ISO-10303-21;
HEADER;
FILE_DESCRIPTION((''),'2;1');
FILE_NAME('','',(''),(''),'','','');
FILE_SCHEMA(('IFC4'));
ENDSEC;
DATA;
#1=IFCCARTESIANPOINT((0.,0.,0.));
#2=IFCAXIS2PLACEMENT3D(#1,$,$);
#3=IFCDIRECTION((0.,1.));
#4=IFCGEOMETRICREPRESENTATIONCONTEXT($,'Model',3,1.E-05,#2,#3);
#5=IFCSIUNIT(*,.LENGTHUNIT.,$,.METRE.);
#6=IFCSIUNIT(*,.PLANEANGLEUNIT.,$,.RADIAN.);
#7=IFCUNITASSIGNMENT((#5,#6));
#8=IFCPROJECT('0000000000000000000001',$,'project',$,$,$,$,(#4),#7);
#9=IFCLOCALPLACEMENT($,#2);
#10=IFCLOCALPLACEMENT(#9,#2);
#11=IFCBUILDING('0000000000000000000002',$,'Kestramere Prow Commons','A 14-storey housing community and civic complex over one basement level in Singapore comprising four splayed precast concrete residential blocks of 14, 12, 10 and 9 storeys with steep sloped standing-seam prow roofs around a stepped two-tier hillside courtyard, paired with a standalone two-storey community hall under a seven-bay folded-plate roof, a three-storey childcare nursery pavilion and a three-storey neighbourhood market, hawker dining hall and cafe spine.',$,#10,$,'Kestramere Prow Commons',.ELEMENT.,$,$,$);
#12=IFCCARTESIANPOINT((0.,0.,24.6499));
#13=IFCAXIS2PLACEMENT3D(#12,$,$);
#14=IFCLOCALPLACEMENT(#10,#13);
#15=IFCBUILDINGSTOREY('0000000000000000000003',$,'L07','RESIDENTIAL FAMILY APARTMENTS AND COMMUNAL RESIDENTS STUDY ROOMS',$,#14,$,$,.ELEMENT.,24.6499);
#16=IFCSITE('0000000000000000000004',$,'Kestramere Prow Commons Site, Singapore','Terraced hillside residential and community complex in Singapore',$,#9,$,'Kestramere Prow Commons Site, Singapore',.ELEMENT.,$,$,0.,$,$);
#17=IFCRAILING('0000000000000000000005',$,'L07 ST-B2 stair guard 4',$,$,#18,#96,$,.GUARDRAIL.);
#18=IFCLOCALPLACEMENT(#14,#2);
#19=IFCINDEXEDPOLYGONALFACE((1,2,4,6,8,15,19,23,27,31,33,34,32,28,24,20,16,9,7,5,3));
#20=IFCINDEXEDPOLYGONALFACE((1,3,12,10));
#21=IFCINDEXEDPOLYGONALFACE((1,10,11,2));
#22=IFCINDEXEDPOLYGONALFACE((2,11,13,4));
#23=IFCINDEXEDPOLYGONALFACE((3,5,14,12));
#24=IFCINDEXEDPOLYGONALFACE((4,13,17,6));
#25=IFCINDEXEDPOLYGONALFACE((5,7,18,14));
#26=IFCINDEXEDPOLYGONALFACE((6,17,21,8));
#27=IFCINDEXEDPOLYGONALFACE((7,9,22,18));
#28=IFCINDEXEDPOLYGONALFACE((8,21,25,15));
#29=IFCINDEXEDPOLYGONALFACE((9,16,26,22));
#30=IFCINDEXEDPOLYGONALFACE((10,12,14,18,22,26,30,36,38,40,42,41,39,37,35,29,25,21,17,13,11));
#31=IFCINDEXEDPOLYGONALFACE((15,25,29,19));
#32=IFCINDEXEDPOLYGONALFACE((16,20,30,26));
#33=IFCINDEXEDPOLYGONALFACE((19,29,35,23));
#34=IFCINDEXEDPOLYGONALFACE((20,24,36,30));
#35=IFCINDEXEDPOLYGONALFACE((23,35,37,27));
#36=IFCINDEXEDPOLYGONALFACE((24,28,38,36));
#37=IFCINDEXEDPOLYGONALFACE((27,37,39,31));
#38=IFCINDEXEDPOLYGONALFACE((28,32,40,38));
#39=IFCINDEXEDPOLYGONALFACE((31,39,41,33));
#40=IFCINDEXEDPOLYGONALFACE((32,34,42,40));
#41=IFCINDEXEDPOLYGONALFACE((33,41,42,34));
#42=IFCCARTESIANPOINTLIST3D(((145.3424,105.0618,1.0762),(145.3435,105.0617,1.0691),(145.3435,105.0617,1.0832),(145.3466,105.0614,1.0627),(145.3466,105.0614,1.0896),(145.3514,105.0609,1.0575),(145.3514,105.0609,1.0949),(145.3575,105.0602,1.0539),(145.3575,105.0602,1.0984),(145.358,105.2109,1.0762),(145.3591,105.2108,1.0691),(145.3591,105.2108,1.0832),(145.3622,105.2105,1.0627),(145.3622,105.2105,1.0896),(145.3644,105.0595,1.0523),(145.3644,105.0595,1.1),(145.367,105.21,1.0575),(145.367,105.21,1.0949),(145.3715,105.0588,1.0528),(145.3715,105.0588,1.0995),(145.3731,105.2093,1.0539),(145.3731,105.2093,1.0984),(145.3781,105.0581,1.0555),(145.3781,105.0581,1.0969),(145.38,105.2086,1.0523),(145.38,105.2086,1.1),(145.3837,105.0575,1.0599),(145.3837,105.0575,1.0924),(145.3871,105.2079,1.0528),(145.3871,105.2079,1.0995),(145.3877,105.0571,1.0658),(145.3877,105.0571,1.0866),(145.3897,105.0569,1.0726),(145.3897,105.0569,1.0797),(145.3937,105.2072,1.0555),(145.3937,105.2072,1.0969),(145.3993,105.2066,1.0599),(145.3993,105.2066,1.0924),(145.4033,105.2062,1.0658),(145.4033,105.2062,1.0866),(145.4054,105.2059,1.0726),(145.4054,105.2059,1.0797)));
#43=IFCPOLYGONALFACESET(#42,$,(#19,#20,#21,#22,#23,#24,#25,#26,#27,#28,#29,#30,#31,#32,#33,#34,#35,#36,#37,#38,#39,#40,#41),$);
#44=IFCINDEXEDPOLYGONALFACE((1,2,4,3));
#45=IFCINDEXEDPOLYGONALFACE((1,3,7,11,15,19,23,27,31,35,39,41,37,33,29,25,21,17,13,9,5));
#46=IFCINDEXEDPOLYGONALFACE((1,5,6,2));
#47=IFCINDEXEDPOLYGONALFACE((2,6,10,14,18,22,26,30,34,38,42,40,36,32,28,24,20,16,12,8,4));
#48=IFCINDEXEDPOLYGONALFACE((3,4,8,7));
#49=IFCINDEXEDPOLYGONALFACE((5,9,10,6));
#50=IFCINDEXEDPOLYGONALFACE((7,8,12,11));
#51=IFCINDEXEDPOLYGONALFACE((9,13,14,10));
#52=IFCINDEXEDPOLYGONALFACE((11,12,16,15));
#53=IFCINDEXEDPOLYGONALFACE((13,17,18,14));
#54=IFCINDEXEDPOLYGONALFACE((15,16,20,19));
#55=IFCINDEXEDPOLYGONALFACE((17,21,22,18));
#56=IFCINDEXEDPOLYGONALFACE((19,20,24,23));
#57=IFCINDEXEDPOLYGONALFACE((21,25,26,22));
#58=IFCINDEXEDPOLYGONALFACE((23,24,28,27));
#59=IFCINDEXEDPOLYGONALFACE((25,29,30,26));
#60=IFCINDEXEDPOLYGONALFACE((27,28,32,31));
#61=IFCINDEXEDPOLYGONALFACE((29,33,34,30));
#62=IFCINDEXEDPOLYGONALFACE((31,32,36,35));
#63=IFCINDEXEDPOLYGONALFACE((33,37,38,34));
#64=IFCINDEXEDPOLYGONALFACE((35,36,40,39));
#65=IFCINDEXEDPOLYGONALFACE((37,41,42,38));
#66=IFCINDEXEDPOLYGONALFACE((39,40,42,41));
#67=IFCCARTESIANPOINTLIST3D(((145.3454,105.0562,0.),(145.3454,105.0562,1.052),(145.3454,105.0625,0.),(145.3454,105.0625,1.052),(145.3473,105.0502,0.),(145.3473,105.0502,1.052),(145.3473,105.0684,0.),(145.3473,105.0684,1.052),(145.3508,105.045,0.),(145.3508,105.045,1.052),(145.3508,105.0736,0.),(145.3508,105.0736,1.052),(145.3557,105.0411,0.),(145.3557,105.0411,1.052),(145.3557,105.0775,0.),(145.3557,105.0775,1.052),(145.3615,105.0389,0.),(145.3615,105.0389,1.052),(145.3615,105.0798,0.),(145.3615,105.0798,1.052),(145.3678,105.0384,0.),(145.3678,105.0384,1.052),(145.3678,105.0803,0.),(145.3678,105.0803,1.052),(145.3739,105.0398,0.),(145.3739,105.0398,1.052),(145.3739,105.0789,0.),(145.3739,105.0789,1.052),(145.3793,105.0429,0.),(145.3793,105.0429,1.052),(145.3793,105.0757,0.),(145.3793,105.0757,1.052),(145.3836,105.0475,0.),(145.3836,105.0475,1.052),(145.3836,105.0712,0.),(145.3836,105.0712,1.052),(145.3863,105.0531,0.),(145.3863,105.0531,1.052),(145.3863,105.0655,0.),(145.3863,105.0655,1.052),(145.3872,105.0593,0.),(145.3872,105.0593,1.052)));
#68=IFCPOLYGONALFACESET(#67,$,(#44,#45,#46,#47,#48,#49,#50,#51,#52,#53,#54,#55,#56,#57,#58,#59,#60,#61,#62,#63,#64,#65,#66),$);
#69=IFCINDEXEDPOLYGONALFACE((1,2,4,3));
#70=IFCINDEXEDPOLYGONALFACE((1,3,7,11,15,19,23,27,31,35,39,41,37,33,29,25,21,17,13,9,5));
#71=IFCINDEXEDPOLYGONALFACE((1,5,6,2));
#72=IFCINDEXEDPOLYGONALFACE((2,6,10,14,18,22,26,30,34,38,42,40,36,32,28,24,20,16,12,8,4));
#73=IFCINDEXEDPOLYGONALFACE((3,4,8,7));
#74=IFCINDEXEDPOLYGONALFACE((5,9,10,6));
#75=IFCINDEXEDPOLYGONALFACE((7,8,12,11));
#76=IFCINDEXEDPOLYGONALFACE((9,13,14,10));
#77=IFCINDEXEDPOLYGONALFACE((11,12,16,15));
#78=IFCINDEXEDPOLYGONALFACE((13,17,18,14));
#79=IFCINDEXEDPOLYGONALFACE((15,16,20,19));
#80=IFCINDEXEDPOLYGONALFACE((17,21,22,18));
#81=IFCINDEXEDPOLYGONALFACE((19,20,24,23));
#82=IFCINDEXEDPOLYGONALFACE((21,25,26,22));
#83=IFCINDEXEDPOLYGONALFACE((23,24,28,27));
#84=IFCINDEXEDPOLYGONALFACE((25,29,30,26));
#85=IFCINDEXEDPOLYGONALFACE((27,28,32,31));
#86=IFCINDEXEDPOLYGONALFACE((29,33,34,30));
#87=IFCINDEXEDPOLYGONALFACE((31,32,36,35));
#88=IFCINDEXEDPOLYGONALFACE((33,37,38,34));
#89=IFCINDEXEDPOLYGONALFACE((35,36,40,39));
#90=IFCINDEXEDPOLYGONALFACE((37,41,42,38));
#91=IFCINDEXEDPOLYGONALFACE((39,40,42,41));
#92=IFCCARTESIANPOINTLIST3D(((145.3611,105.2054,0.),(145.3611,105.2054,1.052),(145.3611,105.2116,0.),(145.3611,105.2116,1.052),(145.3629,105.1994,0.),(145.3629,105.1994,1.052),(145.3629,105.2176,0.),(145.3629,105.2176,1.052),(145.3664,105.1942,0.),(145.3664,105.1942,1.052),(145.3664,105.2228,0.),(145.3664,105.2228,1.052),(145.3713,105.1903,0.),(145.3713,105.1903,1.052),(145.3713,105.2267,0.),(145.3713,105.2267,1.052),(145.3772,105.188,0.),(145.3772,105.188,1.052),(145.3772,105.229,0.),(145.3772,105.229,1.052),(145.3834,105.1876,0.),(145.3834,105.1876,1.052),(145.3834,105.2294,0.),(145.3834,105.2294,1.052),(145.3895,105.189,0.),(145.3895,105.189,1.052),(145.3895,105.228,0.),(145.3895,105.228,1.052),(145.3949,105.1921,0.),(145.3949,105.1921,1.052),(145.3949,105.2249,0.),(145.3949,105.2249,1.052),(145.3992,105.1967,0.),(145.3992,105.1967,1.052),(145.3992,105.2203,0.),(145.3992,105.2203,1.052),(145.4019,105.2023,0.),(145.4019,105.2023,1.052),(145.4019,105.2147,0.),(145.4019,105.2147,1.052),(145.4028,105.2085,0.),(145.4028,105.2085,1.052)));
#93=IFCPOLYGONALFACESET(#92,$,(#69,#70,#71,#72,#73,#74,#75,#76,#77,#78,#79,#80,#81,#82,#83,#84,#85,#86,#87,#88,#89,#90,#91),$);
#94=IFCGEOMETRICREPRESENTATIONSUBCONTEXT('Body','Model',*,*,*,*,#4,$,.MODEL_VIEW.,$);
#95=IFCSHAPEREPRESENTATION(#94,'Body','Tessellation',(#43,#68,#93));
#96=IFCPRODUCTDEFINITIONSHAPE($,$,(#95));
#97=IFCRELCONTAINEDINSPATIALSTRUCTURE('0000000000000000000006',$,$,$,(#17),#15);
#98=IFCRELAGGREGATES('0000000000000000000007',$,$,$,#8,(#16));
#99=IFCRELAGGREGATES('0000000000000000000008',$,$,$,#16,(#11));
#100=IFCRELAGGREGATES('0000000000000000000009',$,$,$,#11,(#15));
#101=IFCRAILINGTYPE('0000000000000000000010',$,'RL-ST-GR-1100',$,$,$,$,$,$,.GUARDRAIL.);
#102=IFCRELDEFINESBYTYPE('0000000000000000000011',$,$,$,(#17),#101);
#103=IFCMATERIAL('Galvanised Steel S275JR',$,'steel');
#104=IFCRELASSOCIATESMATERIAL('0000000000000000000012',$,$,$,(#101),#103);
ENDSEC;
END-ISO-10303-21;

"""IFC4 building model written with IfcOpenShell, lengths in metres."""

from ifc_helpers import new_model, si_unit, direction, frame, origin, origin_2d, place, context, subcontext, project, spatial, circle, extrude, material, type_object, element, save


model = new_model("IFC4")

# Units and contexts
model_context = context("Model", 3, precision=1e-05, world=origin(), true_north=direction((0.0, 1.0)))
body_context = subcontext(model_context, "Body", "Model", "MODEL_VIEW")
ifc_project = project(units=[si_unit("LENGTHUNIT", "METRE"), si_unit("PLANEANGLEUNIT", "RADIAN")], contexts=[model_context])

# Site, building, storey
site_placement = place(None, origin())
site = spatial("IfcSite", under=ifc_project, at=site_placement, Name="Kestramere Prow Commons Site, Singapore", Description="Terraced hillside residential and community complex in Singapore", LongName="Kestramere Prow Commons Site, Singapore", CompositionType="ELEMENT", RefElevation=0.0)
building_placement = place(site_placement, origin())
building = spatial("IfcBuilding", under=site, at=building_placement, Name="Kestramere Prow Commons", Description="A 14-storey housing community and civic complex over one basement level in Singapore comprising four splayed precast concrete residential blocks of 14, 12, 10 and 9 storeys with steep sloped standing-seam prow roofs around a stepped two-tier hillside courtyard, paired with a standalone two-storey community hall under a seven-bay folded-plate roof, a three-storey childcare nursery pavilion and a three-storey neighbourhood market, hawker dining hall and cafe spine.", LongName="Kestramere Prow Commons", CompositionType="ELEMENT")
storey_placement = place(building_placement, frame((0.0, 0.0, 24.6499)))
storey = spatial("IfcBuildingStorey", under=building, at=storey_placement, Name="L07", Description="RESIDENTIAL FAMILY APARTMENTS AND COMMUNAL RESIDENTS STUDY ROOMS", CompositionType="ELEMENT", Elevation=24.6499)

# Railing
ifc_material_1 = material(Name="Galvanised Steel S275JR", Category="steel")
railing_type_1 = type_object("IfcRailingType", Name="RL-ST-GR-1100", PredefinedType="GUARDRAIL", material=ifc_material_1)
railing_1_placement = place(storey_placement, frame((145.3662, 105.0593, 0.0)))
element("IfcRailing", 1, at=railing_1_placement, inside=storey, type_object=railing_type_1, Name="L07 ST-B2 stair guard 4", PredefinedType="GUARDRAIL", context=body_context, shape_type="SweptSolid", body=[
    extrude(circle(Radius=0.0239, at=origin_2d()), frame((0.0, 0.0, 1.0762), z_axis=(0.104176, 0.994559, 0.0), x_axis=(-0.994559, 0.104176, 0.0)), (0.0, 0.0, 1.0), 0.1499),
    extrude(circle(Radius=0.021, at=origin_2d()), origin(), (0.0, 0.0, 1.0), 1.052),
    extrude(circle(Radius=0.021, at=origin_2d()), frame((0.0156, 0.1492, 0.0)), (0.0, 0.0, 1.0), 1.052),
])

save(model, "model.ifc")
